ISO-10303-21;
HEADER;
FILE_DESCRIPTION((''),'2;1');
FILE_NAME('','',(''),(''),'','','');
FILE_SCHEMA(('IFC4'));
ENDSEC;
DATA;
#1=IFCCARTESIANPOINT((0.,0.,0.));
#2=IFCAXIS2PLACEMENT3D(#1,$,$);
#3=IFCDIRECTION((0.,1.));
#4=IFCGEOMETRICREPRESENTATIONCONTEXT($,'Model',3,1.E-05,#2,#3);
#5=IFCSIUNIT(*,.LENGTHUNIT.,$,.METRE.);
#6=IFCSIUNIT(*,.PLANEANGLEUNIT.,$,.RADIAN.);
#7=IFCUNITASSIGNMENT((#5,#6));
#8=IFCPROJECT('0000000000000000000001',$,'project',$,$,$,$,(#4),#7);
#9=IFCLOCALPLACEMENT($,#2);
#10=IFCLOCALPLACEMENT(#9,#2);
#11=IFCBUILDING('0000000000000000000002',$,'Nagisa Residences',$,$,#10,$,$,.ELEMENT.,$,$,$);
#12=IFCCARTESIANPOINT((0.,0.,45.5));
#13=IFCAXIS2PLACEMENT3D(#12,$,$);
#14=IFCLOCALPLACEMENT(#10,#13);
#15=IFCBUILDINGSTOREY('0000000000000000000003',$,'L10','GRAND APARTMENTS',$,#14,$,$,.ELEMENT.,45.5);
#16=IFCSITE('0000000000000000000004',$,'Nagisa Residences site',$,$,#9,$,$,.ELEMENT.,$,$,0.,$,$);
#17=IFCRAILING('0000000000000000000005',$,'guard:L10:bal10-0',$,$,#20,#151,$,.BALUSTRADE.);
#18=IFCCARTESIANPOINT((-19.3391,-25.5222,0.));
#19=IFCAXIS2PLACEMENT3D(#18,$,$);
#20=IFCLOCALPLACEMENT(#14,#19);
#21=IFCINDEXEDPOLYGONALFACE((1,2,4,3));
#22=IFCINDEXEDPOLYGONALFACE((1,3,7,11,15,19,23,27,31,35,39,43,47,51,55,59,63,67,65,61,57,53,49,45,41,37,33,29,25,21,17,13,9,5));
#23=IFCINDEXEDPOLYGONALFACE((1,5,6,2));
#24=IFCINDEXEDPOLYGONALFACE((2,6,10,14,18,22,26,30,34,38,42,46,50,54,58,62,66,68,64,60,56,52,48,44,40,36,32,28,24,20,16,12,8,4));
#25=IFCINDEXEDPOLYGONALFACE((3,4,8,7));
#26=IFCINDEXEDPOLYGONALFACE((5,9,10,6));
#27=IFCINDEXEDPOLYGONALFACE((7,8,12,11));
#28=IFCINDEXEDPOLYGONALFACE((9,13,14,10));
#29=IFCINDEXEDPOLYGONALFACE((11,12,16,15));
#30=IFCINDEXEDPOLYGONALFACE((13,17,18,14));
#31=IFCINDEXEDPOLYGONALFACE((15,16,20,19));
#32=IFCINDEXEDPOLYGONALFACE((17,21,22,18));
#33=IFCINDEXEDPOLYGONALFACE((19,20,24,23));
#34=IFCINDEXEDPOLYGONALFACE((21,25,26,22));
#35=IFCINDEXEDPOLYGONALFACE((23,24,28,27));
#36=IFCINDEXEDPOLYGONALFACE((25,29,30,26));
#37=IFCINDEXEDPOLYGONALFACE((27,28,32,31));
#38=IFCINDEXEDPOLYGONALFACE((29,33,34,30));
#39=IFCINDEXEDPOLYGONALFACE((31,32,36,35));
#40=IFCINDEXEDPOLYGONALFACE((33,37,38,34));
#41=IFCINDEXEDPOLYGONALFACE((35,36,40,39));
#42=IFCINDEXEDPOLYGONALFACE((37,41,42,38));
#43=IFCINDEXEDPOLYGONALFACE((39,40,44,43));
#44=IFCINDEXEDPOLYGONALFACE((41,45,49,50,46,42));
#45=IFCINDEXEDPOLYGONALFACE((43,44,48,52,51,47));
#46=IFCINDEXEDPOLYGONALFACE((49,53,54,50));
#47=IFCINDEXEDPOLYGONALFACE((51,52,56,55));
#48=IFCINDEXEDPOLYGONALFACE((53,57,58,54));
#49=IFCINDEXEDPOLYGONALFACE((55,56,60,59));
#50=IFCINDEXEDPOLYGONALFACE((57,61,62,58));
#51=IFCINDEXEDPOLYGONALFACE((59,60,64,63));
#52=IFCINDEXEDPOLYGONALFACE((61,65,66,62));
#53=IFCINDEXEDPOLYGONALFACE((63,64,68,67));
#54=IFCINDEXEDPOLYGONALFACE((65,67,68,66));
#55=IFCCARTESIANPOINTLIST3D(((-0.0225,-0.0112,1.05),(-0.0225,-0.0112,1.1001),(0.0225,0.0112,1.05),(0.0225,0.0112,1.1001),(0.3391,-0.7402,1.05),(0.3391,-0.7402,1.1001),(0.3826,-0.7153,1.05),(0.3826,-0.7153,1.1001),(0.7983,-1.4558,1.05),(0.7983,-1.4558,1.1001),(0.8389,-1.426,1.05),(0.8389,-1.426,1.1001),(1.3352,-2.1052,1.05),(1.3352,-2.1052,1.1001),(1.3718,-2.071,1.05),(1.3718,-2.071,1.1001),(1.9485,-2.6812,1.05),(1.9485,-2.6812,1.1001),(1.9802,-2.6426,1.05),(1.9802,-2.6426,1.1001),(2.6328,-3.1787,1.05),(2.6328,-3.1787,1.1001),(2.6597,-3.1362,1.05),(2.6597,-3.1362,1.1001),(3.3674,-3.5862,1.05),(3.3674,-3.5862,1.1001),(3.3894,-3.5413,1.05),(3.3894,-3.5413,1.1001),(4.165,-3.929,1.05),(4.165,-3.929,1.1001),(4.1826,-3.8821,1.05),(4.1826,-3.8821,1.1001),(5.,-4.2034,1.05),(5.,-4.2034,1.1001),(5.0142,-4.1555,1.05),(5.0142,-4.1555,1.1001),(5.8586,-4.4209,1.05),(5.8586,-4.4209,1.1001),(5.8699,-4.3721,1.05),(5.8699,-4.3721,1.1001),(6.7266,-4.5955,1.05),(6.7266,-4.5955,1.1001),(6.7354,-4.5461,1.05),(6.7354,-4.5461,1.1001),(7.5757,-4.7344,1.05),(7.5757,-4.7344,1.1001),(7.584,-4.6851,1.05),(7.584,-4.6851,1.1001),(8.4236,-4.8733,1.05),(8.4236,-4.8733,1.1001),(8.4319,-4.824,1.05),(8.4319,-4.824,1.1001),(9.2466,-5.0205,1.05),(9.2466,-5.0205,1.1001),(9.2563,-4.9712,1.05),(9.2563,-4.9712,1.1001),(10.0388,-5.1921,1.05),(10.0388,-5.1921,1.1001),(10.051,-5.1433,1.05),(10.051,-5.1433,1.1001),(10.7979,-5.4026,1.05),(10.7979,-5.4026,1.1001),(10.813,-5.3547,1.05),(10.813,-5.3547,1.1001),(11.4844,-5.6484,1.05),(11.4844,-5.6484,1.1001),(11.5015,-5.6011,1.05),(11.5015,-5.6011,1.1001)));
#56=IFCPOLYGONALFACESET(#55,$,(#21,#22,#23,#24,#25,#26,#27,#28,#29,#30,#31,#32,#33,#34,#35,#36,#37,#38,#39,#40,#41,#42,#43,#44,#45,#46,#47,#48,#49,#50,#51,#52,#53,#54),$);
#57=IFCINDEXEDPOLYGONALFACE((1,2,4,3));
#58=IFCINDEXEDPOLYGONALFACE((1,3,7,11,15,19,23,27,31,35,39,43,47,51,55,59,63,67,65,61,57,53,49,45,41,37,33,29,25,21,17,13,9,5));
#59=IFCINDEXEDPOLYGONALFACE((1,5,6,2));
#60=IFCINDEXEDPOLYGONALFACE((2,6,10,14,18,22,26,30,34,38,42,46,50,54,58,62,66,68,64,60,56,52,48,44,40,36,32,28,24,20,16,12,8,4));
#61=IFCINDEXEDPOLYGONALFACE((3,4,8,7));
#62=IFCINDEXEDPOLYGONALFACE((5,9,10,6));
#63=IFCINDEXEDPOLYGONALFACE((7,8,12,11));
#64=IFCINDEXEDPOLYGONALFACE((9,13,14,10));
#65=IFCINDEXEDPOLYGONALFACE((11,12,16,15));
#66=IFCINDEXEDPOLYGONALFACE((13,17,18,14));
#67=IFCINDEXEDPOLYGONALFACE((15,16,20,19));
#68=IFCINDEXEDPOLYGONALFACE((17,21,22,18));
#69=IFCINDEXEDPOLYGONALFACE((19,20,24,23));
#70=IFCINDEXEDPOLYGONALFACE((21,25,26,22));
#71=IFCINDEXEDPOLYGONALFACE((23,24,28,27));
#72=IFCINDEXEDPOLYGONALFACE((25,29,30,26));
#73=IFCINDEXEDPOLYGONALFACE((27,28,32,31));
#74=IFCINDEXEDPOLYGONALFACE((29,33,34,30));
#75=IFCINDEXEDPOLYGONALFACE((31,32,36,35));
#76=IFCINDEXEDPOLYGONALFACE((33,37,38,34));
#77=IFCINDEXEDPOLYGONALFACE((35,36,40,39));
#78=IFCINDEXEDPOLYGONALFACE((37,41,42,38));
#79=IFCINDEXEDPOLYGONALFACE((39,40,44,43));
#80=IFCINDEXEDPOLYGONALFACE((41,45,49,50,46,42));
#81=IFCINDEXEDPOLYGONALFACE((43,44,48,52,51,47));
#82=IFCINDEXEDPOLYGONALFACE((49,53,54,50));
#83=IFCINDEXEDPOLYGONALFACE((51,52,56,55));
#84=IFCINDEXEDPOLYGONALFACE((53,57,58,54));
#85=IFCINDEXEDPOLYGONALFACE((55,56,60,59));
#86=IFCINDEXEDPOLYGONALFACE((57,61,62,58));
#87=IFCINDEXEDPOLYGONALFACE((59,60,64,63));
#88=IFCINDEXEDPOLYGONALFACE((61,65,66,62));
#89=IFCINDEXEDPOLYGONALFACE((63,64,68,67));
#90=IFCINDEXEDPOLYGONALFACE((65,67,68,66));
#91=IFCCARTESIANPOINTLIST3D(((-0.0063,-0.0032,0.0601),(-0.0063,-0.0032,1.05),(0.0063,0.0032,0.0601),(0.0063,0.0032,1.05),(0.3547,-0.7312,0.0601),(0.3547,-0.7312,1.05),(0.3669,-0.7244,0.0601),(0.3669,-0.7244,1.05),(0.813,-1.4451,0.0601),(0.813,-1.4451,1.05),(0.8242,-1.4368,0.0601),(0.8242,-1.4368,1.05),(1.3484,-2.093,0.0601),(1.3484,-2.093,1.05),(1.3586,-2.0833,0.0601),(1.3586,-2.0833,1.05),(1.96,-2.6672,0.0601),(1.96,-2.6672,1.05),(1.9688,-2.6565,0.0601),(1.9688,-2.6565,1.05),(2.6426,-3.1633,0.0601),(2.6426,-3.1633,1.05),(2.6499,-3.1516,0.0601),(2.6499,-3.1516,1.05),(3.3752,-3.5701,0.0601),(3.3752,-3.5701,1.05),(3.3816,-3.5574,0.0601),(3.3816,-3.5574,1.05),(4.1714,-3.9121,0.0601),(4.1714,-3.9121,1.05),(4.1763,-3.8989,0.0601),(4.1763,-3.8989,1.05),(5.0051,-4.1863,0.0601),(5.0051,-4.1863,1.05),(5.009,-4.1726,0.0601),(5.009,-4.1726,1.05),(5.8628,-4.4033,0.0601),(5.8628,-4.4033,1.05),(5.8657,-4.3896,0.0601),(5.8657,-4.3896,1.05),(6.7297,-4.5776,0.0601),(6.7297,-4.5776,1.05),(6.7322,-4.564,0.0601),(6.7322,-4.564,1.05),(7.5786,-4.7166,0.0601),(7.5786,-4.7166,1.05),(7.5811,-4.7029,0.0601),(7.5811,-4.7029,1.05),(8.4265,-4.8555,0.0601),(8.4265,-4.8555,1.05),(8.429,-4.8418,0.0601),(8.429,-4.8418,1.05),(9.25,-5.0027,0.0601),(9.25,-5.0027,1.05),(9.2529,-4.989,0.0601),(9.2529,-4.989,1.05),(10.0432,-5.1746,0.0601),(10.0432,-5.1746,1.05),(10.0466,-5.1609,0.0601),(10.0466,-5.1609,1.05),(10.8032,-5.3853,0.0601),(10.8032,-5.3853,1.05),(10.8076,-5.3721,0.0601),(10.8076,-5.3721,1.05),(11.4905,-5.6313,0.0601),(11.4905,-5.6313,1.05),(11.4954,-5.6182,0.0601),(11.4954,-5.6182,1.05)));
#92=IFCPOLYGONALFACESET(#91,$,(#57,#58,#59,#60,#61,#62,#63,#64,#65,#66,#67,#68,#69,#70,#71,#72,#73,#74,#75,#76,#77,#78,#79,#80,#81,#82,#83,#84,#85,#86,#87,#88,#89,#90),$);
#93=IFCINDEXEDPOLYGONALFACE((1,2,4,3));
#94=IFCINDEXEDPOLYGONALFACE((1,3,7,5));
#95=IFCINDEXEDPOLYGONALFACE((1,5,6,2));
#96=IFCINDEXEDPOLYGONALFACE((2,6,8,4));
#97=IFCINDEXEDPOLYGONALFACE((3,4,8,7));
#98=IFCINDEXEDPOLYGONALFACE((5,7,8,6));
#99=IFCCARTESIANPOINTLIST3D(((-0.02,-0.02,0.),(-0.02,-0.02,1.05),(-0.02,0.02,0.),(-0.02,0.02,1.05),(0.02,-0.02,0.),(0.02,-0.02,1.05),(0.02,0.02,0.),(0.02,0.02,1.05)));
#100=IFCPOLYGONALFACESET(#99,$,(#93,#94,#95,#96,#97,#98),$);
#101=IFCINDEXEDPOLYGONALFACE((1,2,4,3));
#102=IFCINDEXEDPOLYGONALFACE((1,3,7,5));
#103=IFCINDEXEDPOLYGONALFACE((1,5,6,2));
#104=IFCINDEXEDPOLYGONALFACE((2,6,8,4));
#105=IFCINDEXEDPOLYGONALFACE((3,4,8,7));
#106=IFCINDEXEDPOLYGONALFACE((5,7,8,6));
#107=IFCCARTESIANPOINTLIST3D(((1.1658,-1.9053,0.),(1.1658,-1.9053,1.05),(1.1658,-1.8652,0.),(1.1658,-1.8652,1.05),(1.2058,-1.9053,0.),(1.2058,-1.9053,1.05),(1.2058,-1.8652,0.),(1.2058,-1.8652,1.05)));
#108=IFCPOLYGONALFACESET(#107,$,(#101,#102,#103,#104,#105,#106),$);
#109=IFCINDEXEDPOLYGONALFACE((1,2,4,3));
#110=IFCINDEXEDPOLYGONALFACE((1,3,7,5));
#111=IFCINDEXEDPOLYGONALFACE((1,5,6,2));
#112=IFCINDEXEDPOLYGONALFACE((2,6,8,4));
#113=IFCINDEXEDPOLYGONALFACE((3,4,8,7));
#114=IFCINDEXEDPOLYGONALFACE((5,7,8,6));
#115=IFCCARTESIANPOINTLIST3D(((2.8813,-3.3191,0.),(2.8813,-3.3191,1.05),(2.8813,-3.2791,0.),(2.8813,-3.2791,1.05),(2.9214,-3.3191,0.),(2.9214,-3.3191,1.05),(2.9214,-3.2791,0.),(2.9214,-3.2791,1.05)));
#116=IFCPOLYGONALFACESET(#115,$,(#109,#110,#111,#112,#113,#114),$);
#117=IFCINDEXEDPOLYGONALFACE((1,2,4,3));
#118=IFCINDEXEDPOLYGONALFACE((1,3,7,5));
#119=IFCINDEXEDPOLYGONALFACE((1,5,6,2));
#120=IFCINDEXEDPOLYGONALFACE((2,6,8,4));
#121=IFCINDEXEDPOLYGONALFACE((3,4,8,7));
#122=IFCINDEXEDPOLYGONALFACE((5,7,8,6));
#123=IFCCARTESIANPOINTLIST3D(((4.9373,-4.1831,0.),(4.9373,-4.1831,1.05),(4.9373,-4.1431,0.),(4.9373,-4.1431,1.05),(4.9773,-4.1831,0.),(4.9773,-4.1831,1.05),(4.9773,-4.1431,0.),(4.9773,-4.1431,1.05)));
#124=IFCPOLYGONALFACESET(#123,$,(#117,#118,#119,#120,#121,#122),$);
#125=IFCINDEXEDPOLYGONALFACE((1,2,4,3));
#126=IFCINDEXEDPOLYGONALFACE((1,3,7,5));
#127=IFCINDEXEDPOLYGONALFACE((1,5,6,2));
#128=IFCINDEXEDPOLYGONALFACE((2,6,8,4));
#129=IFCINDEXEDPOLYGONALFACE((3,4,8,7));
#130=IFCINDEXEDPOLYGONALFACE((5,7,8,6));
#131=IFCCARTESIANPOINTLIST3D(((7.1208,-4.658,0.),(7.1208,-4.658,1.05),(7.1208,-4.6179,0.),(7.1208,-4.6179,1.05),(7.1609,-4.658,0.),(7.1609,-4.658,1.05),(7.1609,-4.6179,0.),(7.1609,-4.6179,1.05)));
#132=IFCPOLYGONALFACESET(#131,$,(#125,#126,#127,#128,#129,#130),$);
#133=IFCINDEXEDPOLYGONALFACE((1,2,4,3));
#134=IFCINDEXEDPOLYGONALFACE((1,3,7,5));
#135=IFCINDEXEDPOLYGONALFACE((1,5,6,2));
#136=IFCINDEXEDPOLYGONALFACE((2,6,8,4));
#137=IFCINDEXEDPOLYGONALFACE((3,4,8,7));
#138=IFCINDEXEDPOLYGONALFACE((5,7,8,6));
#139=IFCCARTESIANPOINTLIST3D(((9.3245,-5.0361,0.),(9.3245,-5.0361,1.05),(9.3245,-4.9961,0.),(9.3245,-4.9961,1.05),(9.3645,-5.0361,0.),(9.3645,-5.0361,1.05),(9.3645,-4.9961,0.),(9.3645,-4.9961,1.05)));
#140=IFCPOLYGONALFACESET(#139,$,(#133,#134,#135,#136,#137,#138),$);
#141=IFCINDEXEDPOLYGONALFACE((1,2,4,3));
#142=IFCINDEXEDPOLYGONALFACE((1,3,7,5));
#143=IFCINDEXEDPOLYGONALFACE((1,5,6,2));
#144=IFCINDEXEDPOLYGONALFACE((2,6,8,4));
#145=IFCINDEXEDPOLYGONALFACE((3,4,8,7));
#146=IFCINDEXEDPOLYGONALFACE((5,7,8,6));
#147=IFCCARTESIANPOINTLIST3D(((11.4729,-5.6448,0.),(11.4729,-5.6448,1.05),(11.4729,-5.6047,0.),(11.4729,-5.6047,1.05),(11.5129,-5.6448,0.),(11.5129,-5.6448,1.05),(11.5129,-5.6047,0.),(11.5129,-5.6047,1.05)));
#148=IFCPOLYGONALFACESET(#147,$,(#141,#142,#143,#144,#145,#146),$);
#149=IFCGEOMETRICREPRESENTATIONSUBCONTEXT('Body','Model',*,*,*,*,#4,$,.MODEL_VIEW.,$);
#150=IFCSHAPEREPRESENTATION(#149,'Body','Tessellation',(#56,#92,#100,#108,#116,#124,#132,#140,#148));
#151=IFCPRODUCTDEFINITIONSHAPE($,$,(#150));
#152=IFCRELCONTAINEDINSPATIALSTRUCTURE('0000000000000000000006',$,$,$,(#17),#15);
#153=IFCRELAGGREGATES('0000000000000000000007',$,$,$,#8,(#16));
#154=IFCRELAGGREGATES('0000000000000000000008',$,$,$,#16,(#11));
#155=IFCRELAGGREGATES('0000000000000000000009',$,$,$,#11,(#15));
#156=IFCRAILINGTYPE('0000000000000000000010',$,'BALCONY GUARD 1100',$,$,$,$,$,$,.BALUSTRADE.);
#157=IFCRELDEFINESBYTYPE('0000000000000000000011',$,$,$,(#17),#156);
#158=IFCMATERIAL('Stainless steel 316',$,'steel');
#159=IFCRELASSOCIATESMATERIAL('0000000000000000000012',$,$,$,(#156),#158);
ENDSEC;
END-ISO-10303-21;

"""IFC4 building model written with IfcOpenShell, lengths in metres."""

from ifc_helpers import new_model, si_unit, direction, frame, origin, origin_2d, place, context, subcontext, project, spatial, polyline, rectangle, outline, extrude, material, type_object, element, save


model = new_model("IFC4")

# Units and contexts
model_context = context("Model", 3, precision=1e-05, world=origin(), true_north=direction((0.0, 1.0)))
body_context = subcontext(model_context, "Body", "Model", "MODEL_VIEW")
ifc_project = project(units=[si_unit("LENGTHUNIT", "METRE"), si_unit("PLANEANGLEUNIT", "RADIAN")], contexts=[model_context])

# Site, building, storey
site_placement = place(None, origin())
site = spatial("IfcSite", under=ifc_project, at=site_placement, Name="Nagisa Residences site", CompositionType="ELEMENT", RefElevation=0.0)
building_placement = place(site_placement, origin())
building = spatial("IfcBuilding", under=site, at=building_placement, Name="Nagisa Residences", CompositionType="ELEMENT")
storey_placement = place(building_placement, frame((0.0, 0.0, 45.5)))
storey = spatial("IfcBuildingStorey", under=building, at=storey_placement, Name="L10", Description="GRAND APARTMENTS", CompositionType="ELEMENT", Elevation=45.5)

# Railing
ifc_material_1 = material(Name="Stainless steel 316", Category="steel")
railing_type = type_object("IfcRailingType", Name="BALCONY GUARD 1100", PredefinedType="BALUSTRADE", material=ifc_material_1)
railing_1_placement = place(storey_placement, frame((-19.3391, -25.5222, 0.0)))
element("IfcRailing", 1, at=railing_1_placement, inside=storey, type_object=railing_type, Name="guard:L10:bal10-0", PredefinedType="BALUSTRADE", context=body_context, shape_type="SweptSolid", body=[
    extrude(outline(polyline([(0.3826, -0.7153), (0.0225, 0.0112), (-0.0225, -0.0112), (0.3391, -0.7402), (0.7983, -1.4558), (1.3352, -2.1052), (1.9485, -2.6812), (2.6328, -3.1787), (3.3674, -3.5862), (4.165, -3.929), (5.0, -4.2034), (5.8586, -4.4209), (6.7266, -4.5955), (7.5757, -4.7344), (8.4236, -4.8733), (9.2466, -5.0205), (10.0388, -5.1921), (10.7979, -5.4026), (11.4844, -5.6484), (11.5015, -5.6011), (10.813, -5.3547), (10.051, -5.1433), (9.2563, -4.9712), (8.4319, -4.824), (7.584, -4.6851), (6.7354, -4.5461), (5.8699, -4.3721), (5.0142, -4.1555), (4.1826, -3.8821), (3.3894, -3.5413), (2.6597, -3.1362), (1.9802, -2.6426), (1.3718, -2.071), (0.8389, -1.426), (0.3826, -0.7153)])), frame((0.0, 0.0, 1.05)), (0.0, 0.0, 1.0), 0.05),
    extrude(outline(polyline([(0.3669, -0.7244), (0.0063, 0.0032), (-0.0063, -0.0032), (0.3547, -0.7312), (0.813, -1.4451), (1.3484, -2.093), (1.96, -2.6672), (2.6426, -3.1633), (3.3752, -3.5701), (4.1714, -3.9121), (5.0051, -4.1863), (5.8628, -4.4033), (6.7297, -4.5776), (7.5786, -4.7166), (8.4265, -4.8555), (9.25, -5.0027), (10.0432, -5.1746), (10.8032, -5.3853), (11.4905, -5.6313), (11.4954, -5.6182), (10.8076, -5.3721), (10.0466, -5.1609), (9.2529, -4.989), (8.429, -4.8418), (7.5811, -4.7029), (6.7322, -4.564), (5.8657, -4.3896), (5.009, -4.1726), (4.1763, -3.8989), (3.3816, -3.5574), (2.6499, -3.1516), (1.9688, -2.6565), (1.3586, -2.0833), (0.8242, -1.4368), (0.3669, -0.7244)])), frame((0.0, 0.0, 0.0601)), (0.0, 0.0, 1.0), 0.99),
    extrude(rectangle(XDim=0.04, YDim=0.04, at=origin_2d()), origin(), (0.0, 0.0, 1.0), 1.05),
    extrude(rectangle(XDim=0.04, YDim=0.04, at=origin_2d()), frame((1.1858, -1.8853, 0.0)), (0.0, 0.0, 1.0), 1.05),
    extrude(rectangle(XDim=0.04, YDim=0.04, at=origin_2d()), frame((2.9014, -3.2991, 0.0)), (0.0, 0.0, 1.0), 1.05),
    extrude(rectangle(XDim=0.04, YDim=0.04, at=origin_2d()), frame((4.9573, -4.1631, 0.0)), (0.0, 0.0, 1.0), 1.05),
    extrude(rectangle(XDim=0.04, YDim=0.04, at=origin_2d()), frame((7.1409, -4.6379, 0.0)), (0.0, 0.0, 1.0), 1.05),
    extrude(rectangle(XDim=0.04, YDim=0.04, at=origin_2d()), frame((9.3445, -5.0161, 0.0)), (0.0, 0.0, 1.0), 1.05),
    extrude(rectangle(XDim=0.04, YDim=0.04, at=origin_2d()), frame((11.4929, -5.6248, 0.0)), (0.0, 0.0, 1.0), 1.05),
])

save(model, "model.ifc")
